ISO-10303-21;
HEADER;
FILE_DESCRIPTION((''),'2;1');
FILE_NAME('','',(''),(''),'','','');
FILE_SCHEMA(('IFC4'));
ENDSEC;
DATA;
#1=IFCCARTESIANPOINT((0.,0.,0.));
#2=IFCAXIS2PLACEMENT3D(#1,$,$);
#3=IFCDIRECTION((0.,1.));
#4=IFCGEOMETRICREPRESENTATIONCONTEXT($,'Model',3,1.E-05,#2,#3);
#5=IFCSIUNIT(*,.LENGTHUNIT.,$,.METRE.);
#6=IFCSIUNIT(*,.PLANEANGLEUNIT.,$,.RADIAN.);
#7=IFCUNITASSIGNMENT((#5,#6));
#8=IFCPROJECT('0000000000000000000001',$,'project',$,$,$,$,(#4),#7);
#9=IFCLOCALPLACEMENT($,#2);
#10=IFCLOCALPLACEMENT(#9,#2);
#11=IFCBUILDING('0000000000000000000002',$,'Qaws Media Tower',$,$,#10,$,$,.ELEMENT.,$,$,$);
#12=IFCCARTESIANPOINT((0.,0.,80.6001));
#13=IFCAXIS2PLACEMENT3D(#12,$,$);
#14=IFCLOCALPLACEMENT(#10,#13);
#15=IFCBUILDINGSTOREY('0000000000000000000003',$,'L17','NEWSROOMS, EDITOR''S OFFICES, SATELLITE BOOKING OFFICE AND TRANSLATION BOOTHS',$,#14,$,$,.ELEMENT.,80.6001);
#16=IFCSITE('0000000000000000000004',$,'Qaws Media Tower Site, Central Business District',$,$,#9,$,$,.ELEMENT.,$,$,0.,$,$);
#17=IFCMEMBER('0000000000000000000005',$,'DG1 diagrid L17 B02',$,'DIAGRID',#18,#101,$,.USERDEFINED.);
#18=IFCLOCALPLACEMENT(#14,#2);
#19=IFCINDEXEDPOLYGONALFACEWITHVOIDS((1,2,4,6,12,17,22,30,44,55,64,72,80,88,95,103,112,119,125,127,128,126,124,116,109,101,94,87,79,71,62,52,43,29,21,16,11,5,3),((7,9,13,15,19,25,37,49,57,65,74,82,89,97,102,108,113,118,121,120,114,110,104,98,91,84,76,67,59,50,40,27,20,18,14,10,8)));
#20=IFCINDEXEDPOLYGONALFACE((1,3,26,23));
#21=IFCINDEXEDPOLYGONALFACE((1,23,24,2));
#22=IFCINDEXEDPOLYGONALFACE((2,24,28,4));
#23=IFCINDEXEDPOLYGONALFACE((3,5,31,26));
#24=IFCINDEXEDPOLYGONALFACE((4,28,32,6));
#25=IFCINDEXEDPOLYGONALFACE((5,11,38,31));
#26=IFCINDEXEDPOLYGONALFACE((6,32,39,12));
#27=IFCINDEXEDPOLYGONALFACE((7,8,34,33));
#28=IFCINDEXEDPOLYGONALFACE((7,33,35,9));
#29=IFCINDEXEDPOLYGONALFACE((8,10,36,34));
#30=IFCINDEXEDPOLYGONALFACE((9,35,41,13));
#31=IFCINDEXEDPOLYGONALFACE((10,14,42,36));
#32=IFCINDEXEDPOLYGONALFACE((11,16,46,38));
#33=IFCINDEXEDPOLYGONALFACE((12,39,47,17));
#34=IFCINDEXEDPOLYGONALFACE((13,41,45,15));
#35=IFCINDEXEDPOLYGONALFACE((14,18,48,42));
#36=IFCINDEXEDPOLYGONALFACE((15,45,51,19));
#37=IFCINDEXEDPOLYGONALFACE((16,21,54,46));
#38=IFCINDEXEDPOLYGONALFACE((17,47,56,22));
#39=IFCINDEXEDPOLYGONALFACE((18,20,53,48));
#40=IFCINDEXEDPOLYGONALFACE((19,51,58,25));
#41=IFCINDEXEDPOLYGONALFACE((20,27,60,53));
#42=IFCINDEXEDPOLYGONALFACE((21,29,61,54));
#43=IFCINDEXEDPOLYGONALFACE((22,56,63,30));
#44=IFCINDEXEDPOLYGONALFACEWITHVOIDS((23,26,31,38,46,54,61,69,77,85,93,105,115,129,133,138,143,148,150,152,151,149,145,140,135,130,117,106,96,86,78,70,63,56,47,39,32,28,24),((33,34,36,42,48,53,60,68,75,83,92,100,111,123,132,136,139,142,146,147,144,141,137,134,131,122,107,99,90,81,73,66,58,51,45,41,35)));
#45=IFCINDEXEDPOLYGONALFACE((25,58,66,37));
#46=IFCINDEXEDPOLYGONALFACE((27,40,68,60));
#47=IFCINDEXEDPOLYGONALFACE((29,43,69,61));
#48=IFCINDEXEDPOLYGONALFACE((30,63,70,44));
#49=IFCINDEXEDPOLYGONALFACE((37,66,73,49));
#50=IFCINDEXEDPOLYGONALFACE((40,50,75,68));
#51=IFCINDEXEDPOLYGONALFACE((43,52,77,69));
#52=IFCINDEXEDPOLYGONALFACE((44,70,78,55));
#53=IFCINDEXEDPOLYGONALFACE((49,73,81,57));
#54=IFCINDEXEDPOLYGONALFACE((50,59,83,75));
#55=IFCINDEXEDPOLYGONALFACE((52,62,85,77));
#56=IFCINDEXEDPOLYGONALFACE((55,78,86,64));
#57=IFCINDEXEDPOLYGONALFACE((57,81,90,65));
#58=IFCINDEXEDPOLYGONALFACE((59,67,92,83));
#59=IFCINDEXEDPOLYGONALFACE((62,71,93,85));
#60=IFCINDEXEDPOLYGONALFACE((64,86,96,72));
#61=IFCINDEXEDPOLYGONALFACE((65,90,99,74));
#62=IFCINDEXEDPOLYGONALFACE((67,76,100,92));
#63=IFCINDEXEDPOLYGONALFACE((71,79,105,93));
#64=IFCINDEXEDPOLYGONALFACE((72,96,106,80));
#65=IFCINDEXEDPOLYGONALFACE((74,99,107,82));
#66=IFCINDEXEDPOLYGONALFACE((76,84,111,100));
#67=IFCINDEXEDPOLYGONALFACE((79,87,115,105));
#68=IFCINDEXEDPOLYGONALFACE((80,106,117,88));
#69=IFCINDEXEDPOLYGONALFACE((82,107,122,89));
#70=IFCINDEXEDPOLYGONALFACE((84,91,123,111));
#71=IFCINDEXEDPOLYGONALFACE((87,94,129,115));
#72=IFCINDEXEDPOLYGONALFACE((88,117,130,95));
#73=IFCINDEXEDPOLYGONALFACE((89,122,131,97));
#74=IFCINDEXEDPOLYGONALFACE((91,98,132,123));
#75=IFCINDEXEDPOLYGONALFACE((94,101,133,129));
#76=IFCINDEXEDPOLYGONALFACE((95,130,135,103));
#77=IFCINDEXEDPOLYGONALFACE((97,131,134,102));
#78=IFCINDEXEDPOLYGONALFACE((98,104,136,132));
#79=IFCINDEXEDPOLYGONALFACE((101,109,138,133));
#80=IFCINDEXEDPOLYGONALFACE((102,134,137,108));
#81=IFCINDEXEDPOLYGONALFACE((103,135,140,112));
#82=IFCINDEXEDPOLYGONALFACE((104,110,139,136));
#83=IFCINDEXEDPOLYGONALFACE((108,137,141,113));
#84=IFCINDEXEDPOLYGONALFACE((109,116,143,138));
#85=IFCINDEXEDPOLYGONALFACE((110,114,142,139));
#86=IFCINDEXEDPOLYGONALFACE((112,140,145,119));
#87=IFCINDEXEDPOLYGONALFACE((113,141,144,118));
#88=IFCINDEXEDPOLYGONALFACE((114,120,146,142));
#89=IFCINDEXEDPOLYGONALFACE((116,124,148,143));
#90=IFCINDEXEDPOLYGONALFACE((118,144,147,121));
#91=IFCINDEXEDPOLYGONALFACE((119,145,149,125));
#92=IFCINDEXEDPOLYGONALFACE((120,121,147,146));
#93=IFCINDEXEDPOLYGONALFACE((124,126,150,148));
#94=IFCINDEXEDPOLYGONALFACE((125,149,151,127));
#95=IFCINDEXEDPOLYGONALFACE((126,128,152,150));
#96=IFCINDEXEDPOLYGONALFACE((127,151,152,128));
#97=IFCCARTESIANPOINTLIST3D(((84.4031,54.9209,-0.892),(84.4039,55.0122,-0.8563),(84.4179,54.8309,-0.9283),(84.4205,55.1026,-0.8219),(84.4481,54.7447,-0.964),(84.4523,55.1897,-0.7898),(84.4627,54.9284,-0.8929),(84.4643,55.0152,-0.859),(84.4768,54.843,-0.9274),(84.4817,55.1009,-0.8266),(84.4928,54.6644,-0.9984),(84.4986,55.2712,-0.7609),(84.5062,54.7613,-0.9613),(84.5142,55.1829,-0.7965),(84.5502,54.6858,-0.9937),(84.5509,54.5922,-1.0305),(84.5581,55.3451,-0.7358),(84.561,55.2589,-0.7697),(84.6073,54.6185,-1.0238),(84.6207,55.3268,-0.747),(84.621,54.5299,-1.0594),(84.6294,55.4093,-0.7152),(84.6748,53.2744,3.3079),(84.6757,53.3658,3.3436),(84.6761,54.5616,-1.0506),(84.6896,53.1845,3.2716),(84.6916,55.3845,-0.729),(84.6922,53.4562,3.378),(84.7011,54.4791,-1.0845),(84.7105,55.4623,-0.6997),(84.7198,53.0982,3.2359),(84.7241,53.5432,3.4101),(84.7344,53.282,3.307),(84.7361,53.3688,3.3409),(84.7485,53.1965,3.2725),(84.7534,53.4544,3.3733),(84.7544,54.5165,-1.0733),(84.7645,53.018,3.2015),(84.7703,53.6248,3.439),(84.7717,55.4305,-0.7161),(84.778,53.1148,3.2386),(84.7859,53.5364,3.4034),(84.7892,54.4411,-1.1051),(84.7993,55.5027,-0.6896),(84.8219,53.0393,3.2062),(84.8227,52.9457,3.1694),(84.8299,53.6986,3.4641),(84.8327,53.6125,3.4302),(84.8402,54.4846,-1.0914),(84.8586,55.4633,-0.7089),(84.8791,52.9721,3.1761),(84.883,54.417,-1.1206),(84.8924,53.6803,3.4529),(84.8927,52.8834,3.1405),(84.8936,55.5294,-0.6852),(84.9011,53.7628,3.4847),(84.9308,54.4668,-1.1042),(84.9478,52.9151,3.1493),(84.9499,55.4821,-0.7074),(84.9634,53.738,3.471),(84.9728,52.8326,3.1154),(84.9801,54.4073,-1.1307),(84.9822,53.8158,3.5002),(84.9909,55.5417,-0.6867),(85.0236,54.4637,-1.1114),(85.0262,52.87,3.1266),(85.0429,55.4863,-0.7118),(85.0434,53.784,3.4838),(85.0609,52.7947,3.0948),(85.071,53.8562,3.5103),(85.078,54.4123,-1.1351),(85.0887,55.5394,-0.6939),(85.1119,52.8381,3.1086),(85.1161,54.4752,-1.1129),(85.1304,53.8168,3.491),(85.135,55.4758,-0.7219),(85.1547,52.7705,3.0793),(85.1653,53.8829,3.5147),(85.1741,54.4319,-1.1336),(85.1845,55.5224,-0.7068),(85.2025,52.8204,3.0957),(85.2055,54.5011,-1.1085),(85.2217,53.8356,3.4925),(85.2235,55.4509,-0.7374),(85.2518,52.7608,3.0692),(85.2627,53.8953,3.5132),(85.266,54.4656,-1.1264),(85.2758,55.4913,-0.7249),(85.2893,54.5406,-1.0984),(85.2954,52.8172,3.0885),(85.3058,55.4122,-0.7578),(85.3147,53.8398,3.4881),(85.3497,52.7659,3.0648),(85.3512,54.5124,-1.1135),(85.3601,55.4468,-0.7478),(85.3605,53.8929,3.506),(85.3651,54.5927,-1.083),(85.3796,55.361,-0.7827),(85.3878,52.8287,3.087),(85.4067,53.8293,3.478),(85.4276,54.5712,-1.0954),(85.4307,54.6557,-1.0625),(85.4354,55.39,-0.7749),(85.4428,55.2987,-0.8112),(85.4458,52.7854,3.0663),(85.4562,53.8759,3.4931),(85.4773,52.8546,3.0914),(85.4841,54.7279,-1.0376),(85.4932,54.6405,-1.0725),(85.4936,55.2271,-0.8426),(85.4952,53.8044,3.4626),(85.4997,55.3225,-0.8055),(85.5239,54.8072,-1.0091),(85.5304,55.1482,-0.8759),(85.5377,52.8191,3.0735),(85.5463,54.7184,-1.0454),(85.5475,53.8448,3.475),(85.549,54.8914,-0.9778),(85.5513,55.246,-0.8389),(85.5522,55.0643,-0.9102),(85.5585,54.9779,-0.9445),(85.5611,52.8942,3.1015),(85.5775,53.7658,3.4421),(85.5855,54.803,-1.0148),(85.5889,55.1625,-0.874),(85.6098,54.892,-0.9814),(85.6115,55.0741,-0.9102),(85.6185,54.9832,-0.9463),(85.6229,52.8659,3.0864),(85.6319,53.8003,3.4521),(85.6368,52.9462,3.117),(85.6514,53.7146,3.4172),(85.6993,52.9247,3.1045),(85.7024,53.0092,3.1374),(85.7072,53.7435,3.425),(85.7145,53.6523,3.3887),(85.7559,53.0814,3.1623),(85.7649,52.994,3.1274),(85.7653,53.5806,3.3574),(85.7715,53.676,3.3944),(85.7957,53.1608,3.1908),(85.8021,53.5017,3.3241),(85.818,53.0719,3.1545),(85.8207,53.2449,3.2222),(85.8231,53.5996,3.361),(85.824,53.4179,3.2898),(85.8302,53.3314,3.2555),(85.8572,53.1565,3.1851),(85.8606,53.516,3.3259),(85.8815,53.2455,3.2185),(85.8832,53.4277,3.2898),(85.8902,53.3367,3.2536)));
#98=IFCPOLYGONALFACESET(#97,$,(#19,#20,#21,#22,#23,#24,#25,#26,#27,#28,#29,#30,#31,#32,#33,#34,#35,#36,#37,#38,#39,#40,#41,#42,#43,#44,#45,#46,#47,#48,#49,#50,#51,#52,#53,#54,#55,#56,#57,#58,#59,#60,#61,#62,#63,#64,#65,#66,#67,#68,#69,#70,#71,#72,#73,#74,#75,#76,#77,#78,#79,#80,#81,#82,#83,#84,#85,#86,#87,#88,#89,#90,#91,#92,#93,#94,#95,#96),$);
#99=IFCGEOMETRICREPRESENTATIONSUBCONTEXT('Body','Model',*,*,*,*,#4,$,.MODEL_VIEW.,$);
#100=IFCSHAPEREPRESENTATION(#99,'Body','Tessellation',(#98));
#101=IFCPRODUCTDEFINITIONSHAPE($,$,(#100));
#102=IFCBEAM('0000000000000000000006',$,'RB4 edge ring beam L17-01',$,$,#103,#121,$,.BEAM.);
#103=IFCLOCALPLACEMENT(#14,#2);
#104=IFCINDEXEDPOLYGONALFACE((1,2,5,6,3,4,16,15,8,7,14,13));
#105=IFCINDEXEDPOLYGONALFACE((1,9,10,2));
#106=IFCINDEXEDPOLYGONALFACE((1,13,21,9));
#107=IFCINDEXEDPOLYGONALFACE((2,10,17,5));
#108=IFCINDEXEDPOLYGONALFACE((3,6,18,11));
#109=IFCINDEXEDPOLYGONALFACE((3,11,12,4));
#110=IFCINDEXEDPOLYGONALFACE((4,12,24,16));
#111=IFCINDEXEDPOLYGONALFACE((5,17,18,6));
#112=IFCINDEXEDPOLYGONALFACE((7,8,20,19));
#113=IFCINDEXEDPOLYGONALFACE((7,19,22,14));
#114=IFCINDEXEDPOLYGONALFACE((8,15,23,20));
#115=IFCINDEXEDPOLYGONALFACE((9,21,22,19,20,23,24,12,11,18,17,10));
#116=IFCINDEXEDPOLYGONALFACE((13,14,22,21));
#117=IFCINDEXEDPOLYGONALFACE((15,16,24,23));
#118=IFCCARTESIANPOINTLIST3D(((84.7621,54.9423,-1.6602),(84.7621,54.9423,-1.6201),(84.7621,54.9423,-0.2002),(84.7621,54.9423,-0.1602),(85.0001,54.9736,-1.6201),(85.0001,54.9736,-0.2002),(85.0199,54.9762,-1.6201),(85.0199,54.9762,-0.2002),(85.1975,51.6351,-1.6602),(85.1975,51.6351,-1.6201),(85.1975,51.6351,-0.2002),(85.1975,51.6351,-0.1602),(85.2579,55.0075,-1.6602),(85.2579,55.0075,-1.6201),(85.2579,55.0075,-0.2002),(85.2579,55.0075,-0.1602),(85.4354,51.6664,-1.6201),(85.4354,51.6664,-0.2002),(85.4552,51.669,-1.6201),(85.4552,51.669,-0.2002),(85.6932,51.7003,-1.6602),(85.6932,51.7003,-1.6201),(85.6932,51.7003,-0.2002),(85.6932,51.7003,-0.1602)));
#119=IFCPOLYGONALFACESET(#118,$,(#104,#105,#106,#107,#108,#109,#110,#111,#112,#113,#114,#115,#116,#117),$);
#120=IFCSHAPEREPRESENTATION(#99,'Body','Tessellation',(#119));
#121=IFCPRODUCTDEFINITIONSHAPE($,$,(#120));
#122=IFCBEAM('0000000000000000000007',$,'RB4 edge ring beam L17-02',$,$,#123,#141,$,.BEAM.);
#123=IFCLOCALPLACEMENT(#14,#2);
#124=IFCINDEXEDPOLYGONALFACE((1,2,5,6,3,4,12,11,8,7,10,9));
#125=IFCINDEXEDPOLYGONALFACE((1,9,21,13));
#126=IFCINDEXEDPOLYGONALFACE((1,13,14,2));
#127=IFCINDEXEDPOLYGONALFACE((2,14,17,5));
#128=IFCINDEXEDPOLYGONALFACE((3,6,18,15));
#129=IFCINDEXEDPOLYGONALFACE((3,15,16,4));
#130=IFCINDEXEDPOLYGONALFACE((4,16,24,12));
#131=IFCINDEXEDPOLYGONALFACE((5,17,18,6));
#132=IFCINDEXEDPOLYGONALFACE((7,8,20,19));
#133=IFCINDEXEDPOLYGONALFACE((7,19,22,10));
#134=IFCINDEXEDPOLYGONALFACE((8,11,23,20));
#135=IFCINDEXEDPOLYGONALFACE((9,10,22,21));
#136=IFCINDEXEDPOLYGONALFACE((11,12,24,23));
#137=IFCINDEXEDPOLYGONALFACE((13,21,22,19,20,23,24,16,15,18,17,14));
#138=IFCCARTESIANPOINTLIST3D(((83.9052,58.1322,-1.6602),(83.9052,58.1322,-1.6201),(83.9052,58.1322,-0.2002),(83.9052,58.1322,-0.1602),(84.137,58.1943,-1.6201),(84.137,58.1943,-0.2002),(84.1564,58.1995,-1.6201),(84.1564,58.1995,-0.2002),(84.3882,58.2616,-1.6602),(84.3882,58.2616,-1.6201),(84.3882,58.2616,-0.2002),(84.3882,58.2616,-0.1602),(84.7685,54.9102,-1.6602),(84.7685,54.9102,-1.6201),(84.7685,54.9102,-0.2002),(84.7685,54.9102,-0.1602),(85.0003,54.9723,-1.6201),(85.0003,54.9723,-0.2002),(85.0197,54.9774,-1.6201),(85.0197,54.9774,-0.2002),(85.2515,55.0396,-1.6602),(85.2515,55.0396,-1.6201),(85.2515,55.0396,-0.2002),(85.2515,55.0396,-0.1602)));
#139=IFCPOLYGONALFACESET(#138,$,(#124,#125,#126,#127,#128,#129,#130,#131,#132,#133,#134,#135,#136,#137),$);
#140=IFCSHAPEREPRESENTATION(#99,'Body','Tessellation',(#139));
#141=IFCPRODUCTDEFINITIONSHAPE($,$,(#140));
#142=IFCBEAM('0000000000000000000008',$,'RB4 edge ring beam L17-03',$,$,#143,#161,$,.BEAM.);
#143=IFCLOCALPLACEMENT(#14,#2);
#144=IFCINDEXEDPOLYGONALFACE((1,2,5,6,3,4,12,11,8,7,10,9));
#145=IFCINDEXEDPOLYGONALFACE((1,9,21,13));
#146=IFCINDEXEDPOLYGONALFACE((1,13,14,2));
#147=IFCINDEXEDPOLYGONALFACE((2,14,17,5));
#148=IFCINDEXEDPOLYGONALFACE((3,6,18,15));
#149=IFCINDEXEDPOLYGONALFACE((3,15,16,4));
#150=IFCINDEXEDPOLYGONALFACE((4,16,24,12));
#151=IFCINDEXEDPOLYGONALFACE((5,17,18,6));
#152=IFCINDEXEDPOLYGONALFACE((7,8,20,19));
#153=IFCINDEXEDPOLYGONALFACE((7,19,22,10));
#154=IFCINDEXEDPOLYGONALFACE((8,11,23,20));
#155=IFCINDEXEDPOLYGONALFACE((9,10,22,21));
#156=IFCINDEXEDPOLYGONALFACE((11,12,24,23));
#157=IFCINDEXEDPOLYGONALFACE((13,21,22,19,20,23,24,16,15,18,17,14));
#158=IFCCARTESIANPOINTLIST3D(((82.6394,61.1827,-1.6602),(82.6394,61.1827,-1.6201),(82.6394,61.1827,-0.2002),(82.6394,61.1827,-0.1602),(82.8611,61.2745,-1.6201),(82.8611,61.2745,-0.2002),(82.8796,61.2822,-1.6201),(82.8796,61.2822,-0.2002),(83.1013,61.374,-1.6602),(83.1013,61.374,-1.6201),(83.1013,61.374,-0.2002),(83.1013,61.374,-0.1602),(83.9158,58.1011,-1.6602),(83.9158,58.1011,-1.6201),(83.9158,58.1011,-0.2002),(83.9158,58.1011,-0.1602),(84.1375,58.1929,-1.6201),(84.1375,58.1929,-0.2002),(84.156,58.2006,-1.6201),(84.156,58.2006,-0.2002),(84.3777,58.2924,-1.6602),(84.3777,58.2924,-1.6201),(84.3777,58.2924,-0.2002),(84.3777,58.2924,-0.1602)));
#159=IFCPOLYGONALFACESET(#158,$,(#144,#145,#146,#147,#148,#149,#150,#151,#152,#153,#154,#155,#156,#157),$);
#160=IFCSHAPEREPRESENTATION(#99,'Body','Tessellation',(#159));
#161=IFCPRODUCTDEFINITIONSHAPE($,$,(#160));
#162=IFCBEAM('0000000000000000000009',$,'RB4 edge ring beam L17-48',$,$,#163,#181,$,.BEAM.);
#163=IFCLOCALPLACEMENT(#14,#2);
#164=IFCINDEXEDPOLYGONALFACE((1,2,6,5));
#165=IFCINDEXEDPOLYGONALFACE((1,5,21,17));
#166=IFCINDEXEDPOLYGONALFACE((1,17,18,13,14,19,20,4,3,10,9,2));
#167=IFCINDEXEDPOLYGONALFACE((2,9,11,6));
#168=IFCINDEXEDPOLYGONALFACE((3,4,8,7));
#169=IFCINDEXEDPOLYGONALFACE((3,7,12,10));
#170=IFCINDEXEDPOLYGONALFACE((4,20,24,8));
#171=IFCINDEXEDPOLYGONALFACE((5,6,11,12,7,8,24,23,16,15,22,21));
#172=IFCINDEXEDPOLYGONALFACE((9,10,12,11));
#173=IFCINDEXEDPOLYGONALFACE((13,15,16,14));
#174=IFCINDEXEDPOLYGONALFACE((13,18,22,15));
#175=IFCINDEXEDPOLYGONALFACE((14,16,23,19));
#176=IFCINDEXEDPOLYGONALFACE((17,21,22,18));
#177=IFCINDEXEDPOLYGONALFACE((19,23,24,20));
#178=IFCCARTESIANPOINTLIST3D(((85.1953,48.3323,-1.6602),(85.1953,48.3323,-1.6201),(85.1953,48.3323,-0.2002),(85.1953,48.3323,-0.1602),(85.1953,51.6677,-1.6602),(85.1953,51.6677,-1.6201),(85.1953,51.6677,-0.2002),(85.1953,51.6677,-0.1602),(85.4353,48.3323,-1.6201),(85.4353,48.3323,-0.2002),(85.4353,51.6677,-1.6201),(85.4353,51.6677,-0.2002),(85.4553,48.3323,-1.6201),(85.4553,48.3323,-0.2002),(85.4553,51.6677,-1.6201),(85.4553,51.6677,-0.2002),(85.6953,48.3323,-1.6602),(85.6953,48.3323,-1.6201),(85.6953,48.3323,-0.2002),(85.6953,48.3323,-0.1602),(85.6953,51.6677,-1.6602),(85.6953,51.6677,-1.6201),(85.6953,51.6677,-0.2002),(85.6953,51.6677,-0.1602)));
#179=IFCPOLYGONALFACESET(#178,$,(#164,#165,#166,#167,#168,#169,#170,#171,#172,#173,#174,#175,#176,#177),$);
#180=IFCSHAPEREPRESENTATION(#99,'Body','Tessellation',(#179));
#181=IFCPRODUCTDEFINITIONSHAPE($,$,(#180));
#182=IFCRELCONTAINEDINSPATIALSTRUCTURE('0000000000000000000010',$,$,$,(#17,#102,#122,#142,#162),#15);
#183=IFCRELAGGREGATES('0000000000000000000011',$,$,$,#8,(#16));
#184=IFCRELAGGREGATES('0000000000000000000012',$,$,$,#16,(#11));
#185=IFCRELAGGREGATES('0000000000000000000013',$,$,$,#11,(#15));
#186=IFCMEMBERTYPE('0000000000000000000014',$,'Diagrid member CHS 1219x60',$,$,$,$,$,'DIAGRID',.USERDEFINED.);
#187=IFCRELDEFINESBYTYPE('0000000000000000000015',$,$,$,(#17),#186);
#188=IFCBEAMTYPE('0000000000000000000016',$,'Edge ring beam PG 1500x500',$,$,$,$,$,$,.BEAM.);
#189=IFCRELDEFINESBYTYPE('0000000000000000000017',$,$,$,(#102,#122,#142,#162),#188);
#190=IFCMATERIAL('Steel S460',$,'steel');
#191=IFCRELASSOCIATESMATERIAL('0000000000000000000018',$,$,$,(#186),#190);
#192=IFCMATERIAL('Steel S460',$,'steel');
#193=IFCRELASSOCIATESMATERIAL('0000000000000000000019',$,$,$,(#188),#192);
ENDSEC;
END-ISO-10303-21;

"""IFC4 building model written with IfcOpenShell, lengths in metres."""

from ifc_helpers import new_model, si_unit, direction, frame, origin, origin_2d, place, context, subcontext, project, spatial, hollow_circle, i_section, extrude, material, material_profile, profile_set, type_object, element, save


model = new_model("IFC4")

# Units and contexts
model_context = context("Model", 3, precision=1e-05, world=origin(), true_north=direction((0.0, 1.0)))
body_context = subcontext(model_context, "Body", "Model", "MODEL_VIEW")
ifc_project = project(units=[si_unit("LENGTHUNIT", "METRE"), si_unit("PLANEANGLEUNIT", "RADIAN")], contexts=[model_context])

# Site, building, storey
site_placement = place(None, origin())
site = spatial("IfcSite", under=ifc_project, at=site_placement, Name="Qaws Media Tower Site, Central Business District", CompositionType="ELEMENT", RefElevation=0.0)
building_placement = place(site_placement, origin())
building = spatial("IfcBuilding", under=site, at=building_placement, Name="Qaws Media Tower", CompositionType="ELEMENT")
storey_placement = place(building_placement, frame((0.0, 0.0, 80.6001)))
storey = spatial("IfcBuildingStorey", under=building, at=storey_placement, Name="L17", Description="NEWSROOMS, EDITOR'S OFFICES, SATELLITE BOOKING OFFICE AND TRANSLATION BOOTHS", CompositionType="ELEMENT", Elevation=80.6001)

# Member
ifc_material_1 = material(Name="Steel S460", Category="steel")
ifc_material_profile_1 = material_profile(ifc_material_1, hollow_circle(Radius=0.6096, WallThickness=0.0601, at=origin_2d()), Name="CHS 1219x60")
ifc_profile_set_1 = profile_set([ifc_material_profile_1], Name="Steel S460")
member_type_1 = type_object("IfcMemberType", Name="Diagrid member CHS 1219x60", ElementType="DIAGRID", PredefinedType="USERDEFINED", material=ifc_profile_set_1)
for number, where, z_axis, x_axis, name in (
    (1, (85.01, 54.9749, -0.9102), (0.060126, -0.364321, 0.929331), (0.986654, 0.162833, 0.0), "DG1 diagrid L17 B02"),
):
    element("IfcMember", number, at=place(storey_placement, frame(where, z_axis=z_axis, x_axis=x_axis)), inside=storey, type_object=member_type_1, Name=name, ObjectType="DIAGRID", PredefinedType="USERDEFINED", context=body_context, shape_type="SweptSolid", body=[
        extrude(hollow_circle(Radius=0.6096, WallThickness=0.0601, at=origin_2d()), origin(), (0.0, 0.0, 1.0), 4.5193),
    ])

# Beams
ifc_material_2 = material(Name="Steel S460", Category="steel")
ifc_material_profile_2 = material_profile(ifc_material_2, i_section(OverallWidth=0.5, OverallDepth=1.5, WebThickness=0.02, FlangeThickness=0.04, at=origin_2d()), Name="PG 1500x500")
ifc_profile_set_2 = profile_set([ifc_material_profile_2], Name="Steel S460")
beam_type_1 = type_object("IfcBeamType", Name="Edge ring beam PG 1500x500", PredefinedType="BEAM", material=ifc_profile_set_2)
for number, where, z_axis, x_axis, name in (
    (2, (85.4453, 51.6677, -0.9102), (-0.1305, 0.991448, 0.0), (-0.991448, -0.1305, 0.0), "RB4 edge ring beam L17-01"),
    (3, (85.01, 54.9749, -0.9102), (-0.25881, 0.965928, 0.0), (-0.965928, -0.25881, 0.0), "RB4 edge ring beam L17-02"),
):
    element("IfcBeam", number, at=place(storey_placement, frame(where, z_axis=z_axis, x_axis=x_axis)), inside=storey, type_object=beam_type_1, Name=name, PredefinedType="BEAM", context=body_context, shape_type="SweptSolid", body=[
        extrude(i_section(OverallWidth=0.5, OverallDepth=1.5, WebThickness=0.02, FlangeThickness=0.04, at=origin_2d()), origin(), (0.0, 0.0, 1.0), 3.3357),
    ])
for number, where, z_axis, x_axis, name in (
    (4, (84.1467, 58.1968, -0.9102), (-0.382671, 0.923885, 0.0), (-0.923885, -0.382671, 0.0), "RB4 edge ring beam L17-03"),
    (5, (85.4453, 48.3323, -0.9102), (0.0, 1.0, 0.0), (-1.0, 0.0, 0.0), "RB4 edge ring beam L17-48"),
):
    element("IfcBeam", number, at=place(storey_placement, frame(where, z_axis=z_axis, x_axis=x_axis)), inside=storey, type_object=beam_type_1, Name=name, PredefinedType="BEAM", context=body_context, shape_type="SweptSolid", body=[
        extrude(i_section(OverallWidth=0.5, OverallDepth=1.5, WebThickness=0.02, FlangeThickness=0.04, at=origin_2d()), origin(), (0.0, 0.0, 1.0), 3.3354),
    ])

save(model, "model.ifc")
